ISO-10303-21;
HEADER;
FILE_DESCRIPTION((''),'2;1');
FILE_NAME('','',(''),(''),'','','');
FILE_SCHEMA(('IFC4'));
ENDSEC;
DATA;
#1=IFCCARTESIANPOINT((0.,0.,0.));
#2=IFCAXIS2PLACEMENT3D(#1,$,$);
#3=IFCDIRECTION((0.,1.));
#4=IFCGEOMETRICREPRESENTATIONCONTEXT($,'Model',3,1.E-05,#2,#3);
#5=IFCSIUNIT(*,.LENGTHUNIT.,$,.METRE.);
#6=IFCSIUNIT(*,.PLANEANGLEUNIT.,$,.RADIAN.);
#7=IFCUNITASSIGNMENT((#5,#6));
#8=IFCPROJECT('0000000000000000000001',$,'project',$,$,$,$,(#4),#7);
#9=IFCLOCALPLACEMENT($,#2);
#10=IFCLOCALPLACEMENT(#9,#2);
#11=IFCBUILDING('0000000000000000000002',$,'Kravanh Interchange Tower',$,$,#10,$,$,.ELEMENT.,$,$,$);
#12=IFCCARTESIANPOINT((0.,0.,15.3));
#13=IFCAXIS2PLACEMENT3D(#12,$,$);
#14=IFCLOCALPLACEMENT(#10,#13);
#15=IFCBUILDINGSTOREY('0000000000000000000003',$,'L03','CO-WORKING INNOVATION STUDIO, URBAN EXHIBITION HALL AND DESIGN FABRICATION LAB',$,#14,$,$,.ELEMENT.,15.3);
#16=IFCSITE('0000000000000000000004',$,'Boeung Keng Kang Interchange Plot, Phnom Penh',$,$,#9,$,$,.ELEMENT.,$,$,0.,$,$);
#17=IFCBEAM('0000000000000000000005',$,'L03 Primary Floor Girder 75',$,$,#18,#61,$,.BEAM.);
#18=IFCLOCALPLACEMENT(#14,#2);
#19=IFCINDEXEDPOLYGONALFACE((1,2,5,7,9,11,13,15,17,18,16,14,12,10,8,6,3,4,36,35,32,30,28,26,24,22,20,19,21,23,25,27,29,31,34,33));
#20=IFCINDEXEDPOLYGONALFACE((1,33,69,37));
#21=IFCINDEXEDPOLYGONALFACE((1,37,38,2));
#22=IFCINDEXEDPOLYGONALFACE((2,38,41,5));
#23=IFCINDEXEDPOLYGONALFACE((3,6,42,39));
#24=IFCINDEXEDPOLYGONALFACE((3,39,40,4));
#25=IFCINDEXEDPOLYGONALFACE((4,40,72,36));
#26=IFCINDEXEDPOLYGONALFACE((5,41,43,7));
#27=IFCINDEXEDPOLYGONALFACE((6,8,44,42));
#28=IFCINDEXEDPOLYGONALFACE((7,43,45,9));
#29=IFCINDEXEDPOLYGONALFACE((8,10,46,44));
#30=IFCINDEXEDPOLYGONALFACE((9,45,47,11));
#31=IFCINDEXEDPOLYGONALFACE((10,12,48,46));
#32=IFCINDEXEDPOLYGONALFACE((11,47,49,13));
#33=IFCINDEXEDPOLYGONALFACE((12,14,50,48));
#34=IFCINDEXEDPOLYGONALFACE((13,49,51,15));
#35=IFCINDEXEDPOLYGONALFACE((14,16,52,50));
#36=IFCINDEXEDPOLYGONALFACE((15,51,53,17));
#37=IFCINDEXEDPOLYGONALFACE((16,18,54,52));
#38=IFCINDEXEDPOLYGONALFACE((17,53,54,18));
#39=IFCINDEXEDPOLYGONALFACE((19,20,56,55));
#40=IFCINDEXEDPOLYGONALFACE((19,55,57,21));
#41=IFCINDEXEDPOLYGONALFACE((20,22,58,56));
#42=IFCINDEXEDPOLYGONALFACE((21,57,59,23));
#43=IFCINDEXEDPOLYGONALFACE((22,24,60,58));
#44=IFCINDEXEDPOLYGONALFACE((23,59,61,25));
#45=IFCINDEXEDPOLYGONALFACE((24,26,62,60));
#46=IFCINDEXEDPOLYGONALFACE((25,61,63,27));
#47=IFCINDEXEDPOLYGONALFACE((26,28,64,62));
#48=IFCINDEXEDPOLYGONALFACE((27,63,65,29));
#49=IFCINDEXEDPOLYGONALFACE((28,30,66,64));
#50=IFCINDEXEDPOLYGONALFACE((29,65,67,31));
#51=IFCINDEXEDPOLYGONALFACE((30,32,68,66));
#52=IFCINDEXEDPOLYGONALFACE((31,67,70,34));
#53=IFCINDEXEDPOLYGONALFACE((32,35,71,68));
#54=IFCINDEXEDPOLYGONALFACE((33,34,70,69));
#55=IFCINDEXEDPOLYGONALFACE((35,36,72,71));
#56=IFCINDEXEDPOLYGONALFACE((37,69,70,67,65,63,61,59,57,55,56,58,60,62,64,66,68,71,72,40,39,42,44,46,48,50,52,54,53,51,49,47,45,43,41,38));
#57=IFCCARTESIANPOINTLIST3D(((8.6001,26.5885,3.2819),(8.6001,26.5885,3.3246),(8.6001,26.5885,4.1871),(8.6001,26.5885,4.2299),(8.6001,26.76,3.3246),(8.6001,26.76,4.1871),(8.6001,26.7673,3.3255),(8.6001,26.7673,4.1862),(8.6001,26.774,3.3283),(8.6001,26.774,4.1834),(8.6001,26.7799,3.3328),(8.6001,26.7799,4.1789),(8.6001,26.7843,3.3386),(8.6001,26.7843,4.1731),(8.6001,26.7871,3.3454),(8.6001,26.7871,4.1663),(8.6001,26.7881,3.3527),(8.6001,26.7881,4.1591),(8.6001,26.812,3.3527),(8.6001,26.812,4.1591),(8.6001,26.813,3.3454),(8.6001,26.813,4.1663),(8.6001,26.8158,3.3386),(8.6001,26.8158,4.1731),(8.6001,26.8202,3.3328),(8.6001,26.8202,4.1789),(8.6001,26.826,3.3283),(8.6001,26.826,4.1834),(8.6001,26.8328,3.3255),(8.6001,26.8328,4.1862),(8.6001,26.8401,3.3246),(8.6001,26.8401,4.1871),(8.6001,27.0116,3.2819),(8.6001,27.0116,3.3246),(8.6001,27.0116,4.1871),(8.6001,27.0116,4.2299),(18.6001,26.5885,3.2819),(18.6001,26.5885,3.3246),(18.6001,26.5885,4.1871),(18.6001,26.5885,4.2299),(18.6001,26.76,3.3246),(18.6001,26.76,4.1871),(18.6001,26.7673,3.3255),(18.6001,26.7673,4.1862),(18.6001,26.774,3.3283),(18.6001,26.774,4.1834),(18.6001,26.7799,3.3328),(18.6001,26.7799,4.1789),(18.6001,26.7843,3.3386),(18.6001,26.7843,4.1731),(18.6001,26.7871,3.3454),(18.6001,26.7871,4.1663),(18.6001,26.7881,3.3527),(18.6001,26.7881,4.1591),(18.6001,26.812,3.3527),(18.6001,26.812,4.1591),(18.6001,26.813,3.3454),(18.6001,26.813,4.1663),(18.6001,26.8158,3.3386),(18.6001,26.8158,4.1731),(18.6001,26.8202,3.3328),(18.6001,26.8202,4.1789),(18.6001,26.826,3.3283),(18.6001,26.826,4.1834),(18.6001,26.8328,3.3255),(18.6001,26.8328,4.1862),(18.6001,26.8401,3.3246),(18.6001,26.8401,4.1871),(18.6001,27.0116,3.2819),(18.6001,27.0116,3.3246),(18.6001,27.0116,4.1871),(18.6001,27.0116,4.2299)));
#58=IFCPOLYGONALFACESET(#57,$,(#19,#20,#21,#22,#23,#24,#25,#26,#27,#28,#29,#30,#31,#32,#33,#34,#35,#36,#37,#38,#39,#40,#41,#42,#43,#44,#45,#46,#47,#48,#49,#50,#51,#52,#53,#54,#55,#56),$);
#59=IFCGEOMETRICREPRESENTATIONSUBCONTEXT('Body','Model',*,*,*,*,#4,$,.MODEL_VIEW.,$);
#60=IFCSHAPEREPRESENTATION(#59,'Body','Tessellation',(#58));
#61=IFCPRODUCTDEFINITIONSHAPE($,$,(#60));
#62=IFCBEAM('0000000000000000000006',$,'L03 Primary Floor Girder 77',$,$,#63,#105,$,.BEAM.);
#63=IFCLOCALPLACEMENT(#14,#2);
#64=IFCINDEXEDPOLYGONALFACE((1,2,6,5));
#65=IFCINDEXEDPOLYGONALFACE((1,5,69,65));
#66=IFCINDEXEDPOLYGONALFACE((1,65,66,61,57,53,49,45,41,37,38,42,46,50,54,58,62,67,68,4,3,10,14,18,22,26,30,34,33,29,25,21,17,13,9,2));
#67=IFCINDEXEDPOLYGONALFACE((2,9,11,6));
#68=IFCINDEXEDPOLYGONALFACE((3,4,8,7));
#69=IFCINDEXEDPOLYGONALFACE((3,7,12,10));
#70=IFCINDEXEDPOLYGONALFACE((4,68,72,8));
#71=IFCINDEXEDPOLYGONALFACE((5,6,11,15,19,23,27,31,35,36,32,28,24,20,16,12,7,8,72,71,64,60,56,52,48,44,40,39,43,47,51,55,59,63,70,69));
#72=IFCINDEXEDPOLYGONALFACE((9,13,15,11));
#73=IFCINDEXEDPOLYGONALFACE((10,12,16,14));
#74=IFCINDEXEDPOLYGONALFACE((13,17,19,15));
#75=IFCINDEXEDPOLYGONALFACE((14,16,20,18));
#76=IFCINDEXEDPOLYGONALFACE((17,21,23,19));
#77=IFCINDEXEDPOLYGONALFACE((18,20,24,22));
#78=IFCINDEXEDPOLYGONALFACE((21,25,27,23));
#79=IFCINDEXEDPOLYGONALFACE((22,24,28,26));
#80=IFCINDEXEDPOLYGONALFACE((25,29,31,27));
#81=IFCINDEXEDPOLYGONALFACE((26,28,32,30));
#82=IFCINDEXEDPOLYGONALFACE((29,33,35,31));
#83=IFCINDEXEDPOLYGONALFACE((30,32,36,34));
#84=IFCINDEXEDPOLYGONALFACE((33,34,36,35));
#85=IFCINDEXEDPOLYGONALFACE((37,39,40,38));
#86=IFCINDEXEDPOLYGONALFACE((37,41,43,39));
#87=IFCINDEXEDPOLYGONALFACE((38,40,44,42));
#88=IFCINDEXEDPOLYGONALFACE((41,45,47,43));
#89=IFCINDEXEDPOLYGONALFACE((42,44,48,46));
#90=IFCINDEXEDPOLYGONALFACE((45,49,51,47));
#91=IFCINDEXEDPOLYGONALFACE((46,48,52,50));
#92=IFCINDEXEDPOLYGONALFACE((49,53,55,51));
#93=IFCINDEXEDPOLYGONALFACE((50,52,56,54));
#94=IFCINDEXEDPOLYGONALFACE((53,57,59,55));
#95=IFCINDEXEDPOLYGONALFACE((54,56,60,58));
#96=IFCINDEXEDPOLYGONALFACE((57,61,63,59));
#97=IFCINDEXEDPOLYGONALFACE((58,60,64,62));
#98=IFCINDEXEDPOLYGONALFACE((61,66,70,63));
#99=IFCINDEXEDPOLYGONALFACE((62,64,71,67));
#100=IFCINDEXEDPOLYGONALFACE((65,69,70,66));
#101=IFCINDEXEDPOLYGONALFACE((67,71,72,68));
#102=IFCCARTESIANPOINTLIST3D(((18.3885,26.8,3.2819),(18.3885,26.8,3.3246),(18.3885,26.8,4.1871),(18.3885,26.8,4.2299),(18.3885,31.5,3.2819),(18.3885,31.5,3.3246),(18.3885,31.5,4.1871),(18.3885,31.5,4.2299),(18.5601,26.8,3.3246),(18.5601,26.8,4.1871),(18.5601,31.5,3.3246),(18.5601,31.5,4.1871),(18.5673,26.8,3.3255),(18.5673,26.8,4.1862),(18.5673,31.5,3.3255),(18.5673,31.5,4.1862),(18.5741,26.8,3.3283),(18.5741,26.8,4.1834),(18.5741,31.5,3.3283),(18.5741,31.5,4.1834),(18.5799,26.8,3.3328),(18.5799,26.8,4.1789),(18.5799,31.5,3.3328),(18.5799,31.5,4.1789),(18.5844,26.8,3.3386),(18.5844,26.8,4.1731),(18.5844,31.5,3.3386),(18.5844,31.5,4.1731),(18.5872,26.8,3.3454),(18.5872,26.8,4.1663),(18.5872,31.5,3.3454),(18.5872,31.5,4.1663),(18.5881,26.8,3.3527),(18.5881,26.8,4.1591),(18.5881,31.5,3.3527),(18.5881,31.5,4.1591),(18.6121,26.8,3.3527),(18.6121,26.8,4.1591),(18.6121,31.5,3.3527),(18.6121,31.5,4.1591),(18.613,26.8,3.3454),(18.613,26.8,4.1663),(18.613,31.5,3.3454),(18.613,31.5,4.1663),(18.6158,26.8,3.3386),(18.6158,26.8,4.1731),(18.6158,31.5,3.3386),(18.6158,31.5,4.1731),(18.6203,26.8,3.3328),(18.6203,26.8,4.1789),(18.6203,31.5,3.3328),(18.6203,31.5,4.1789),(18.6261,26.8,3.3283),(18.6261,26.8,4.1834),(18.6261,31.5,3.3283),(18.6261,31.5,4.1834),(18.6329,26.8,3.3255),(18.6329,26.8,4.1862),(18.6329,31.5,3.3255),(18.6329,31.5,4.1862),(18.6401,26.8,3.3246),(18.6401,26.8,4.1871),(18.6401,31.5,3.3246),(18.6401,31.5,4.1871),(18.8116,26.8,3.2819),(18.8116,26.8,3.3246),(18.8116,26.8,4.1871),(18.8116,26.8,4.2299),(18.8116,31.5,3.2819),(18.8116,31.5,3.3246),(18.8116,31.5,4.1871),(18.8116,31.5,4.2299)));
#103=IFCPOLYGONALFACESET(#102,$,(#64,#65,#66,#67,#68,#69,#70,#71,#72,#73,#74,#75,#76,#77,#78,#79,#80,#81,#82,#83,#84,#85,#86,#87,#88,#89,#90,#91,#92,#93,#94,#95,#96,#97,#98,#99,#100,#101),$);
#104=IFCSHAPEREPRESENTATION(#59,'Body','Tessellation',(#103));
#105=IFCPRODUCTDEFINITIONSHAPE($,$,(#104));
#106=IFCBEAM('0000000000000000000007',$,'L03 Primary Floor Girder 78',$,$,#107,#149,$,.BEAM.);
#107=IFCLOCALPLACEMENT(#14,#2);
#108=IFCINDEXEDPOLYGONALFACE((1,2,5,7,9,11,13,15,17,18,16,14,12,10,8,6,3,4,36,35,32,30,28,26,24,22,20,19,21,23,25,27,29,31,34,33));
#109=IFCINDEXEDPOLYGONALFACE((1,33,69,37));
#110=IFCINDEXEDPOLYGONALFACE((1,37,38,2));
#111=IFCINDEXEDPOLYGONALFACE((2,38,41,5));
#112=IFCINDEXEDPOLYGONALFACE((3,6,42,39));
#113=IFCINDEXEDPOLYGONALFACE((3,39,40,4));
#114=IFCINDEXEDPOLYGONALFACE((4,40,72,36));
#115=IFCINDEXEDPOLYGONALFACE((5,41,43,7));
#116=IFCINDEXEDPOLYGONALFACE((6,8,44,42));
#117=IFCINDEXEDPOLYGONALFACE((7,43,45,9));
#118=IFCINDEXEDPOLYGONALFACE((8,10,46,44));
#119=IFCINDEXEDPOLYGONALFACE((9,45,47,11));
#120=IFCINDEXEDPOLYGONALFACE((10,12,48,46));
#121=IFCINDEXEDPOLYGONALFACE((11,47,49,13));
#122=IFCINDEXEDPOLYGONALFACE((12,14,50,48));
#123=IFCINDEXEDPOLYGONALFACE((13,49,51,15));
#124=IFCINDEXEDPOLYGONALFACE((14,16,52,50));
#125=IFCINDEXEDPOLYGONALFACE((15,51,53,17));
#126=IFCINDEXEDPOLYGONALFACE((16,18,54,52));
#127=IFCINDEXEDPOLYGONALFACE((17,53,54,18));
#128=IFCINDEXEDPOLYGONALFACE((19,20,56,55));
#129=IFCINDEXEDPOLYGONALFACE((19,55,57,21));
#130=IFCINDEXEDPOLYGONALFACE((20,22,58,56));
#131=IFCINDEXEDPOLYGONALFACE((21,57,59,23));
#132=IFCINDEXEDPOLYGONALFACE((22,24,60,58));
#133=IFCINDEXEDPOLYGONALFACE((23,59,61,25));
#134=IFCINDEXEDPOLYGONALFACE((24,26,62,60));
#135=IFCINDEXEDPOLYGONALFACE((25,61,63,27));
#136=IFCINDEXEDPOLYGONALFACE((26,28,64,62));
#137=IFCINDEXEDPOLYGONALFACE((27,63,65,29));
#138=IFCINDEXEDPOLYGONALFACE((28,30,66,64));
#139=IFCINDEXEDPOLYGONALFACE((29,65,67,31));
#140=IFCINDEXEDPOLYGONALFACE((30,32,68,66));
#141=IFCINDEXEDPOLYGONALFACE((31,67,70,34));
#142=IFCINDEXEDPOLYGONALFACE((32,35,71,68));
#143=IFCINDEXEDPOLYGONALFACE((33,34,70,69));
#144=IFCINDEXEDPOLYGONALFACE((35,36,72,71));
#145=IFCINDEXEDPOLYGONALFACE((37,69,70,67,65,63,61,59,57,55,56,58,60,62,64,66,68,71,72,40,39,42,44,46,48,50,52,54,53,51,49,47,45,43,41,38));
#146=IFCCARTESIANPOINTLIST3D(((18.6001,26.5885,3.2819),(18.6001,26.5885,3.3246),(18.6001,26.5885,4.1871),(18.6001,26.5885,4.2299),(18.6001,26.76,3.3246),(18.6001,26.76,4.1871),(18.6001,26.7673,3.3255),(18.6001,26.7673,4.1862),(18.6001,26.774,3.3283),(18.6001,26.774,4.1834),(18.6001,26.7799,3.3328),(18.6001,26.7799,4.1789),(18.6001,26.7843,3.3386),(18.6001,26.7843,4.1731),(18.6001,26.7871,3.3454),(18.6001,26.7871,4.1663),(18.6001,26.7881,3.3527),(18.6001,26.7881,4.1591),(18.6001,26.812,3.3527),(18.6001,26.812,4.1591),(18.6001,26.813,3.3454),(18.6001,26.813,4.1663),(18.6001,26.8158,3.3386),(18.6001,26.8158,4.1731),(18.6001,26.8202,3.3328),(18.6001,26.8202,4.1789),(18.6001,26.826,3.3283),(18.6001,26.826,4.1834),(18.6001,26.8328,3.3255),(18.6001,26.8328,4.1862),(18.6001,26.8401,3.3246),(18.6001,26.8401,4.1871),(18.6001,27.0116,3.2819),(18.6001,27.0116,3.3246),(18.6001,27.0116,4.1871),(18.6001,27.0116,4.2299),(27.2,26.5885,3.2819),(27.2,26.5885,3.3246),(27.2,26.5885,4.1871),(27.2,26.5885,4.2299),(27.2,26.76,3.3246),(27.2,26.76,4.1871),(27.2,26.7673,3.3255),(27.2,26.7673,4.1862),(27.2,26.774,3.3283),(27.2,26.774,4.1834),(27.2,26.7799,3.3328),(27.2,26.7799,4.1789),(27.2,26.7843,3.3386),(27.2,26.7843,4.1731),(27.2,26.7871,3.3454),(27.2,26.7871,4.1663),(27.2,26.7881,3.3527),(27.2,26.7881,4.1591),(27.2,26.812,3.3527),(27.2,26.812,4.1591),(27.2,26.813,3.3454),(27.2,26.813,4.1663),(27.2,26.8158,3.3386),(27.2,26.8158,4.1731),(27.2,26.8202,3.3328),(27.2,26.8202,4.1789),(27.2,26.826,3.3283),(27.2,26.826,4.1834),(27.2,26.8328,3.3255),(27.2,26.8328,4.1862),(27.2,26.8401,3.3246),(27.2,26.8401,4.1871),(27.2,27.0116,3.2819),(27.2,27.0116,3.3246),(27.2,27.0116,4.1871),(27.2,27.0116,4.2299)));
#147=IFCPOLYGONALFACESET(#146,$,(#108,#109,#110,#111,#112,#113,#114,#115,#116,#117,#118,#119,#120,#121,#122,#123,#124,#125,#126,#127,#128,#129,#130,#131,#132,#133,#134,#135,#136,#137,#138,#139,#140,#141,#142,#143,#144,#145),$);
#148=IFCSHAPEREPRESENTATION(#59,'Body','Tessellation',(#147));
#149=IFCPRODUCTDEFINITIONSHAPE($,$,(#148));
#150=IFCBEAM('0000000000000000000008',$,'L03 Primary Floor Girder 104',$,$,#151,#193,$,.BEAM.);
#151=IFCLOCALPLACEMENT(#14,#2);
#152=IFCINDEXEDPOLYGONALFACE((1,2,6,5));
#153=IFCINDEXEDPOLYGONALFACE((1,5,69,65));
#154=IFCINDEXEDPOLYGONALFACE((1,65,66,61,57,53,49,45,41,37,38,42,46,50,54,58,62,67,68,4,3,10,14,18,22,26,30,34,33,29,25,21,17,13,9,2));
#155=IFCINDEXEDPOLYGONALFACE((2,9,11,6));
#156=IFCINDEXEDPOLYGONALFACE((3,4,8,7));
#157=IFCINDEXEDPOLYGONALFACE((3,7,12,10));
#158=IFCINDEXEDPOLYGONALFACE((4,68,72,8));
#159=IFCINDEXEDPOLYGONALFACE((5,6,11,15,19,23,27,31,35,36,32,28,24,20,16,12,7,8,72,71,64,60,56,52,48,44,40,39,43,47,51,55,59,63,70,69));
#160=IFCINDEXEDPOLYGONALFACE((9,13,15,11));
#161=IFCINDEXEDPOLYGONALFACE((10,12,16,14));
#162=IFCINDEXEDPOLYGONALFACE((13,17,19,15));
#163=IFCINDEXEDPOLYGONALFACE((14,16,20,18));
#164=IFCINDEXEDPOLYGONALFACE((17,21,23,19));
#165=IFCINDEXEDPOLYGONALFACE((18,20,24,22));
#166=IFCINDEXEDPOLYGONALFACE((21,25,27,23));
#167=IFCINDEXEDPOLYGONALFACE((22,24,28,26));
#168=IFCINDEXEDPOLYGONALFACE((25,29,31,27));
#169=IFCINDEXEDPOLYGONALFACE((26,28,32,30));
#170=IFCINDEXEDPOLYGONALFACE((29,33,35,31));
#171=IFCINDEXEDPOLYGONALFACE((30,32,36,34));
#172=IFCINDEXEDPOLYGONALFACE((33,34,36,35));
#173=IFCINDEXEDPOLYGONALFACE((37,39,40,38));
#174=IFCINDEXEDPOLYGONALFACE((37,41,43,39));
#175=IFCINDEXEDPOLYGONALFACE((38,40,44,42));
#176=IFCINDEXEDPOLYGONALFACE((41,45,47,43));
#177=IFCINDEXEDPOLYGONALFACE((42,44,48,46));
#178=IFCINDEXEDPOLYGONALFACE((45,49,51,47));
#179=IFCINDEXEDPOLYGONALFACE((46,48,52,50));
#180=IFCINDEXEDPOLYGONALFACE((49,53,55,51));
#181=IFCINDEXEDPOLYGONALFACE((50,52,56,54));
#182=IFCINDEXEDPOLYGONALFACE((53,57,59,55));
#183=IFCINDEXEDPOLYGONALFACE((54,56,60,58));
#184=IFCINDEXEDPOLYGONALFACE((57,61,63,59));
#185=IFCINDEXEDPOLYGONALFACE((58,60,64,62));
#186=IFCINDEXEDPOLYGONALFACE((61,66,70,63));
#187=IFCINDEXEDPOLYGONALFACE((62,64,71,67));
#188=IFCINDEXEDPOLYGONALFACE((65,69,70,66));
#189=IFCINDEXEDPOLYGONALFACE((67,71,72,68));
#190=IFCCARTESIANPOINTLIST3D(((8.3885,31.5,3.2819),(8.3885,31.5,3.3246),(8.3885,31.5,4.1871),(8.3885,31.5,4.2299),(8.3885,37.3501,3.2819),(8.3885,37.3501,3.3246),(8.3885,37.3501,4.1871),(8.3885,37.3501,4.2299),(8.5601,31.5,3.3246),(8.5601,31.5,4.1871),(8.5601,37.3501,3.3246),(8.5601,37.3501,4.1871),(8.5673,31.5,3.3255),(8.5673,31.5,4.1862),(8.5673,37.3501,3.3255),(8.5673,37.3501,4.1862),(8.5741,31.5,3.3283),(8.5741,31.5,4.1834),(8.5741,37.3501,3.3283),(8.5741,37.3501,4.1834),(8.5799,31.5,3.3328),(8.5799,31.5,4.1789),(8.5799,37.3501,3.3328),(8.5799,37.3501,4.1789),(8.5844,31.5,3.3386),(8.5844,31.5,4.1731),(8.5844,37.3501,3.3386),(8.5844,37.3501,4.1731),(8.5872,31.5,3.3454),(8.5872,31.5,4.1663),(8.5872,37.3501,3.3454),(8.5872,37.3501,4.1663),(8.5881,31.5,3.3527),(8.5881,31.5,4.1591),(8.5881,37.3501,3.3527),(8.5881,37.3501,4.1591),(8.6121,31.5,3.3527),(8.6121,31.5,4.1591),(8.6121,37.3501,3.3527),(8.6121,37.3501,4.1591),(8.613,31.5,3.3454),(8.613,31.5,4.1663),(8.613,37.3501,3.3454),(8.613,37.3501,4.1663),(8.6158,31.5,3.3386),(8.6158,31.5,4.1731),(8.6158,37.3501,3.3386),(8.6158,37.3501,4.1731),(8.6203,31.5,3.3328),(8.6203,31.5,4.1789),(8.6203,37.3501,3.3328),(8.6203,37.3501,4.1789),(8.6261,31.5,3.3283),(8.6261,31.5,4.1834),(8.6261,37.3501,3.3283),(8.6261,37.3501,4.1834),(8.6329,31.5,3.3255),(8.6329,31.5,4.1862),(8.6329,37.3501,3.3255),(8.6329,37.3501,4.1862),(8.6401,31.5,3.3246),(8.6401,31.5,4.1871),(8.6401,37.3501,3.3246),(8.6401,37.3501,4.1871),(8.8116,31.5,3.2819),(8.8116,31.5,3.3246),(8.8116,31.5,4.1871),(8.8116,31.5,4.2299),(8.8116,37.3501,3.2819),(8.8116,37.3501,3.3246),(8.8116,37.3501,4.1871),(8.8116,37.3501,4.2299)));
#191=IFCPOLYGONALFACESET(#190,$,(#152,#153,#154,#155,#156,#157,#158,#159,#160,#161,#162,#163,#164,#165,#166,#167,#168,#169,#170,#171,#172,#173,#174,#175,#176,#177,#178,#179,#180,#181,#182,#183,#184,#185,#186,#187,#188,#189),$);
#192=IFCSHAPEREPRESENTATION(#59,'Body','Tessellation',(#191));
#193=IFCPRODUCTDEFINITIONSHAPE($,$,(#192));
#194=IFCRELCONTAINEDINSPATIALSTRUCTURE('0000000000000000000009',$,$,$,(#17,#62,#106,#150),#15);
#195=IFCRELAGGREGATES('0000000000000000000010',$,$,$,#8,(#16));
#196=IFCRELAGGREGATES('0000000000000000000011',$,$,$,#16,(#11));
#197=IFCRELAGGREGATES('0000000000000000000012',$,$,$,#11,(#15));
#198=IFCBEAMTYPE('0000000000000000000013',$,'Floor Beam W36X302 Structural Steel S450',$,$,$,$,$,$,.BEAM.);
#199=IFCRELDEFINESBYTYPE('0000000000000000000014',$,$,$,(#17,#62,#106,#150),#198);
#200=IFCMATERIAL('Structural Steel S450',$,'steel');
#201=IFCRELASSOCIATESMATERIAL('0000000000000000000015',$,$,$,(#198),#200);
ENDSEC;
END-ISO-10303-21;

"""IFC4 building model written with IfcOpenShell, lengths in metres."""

from ifc_helpers import new_model, si_unit, direction, frame, origin, origin_2d, place, context, subcontext, project, spatial, i_section, extrude, material, material_profile, profile_set, type_object, element, save


model = new_model("IFC4")

# Units and contexts
model_context = context("Model", 3, precision=1e-05, world=origin(), true_north=direction((0.0, 1.0)))
body_context = subcontext(model_context, "Body", "Model", "MODEL_VIEW")
ifc_project = project(units=[si_unit("LENGTHUNIT", "METRE"), si_unit("PLANEANGLEUNIT", "RADIAN")], contexts=[model_context])

# Site, building, storey
site_placement = place(None, origin())
site = spatial("IfcSite", under=ifc_project, at=site_placement, Name="Boeung Keng Kang Interchange Plot, Phnom Penh", CompositionType="ELEMENT", RefElevation=0.0)
building_placement = place(site_placement, origin())
building = spatial("IfcBuilding", under=site, at=building_placement, Name="Kravanh Interchange Tower", CompositionType="ELEMENT")
storey_placement = place(building_placement, frame((0.0, 0.0, 15.3)))
storey = spatial("IfcBuildingStorey", under=building, at=storey_placement, Name="L03", Description="CO-WORKING INNOVATION STUDIO, URBAN EXHIBITION HALL AND DESIGN FABRICATION LAB", CompositionType="ELEMENT", Elevation=15.3)

# Beams
ifc_material_1 = material(Name="Structural Steel S450", Category="steel")
ifc_material_profile_1 = material_profile(ifc_material_1, i_section(OverallWidth=0.4231, OverallDepth=0.948, WebThickness=0.0239, FlangeThickness=0.0427, FilletRadius=0.0281, at=origin_2d()), Name="W36X302")
ifc_profile_set_1 = profile_set([ifc_material_profile_1], Name="Structural Steel S450")
beam_type_1 = type_object("IfcBeamType", Name="Floor Beam W36X302 Structural Steel S450", PredefinedType="BEAM", material=ifc_profile_set_1)
beam_1_placement = place(storey_placement, frame((8.6001, 26.8, 3.7559), z_axis=(1.0, 0.0, 0.0), x_axis=(0.0, 1.0, 0.0)))
element("IfcBeam", 1, at=beam_1_placement, inside=storey, type_object=beam_type_1, Name="L03 Primary Floor Girder 75", PredefinedType="BEAM", context=body_context, shape_type="SweptSolid", body=[
    extrude(i_section(OverallWidth=0.4231, OverallDepth=0.948, WebThickness=0.0239, FlangeThickness=0.0427, FilletRadius=0.0281, at=origin_2d()), origin(), (0.0, 0.0, 1.0), 10.0),
])
beam_2_placement = place(storey_placement, frame((18.6001, 26.8, 3.7559), z_axis=(0.0, 1.0, 0.0), x_axis=(-1.0, 0.0, 0.0)))
element("IfcBeam", 2, at=beam_2_placement, inside=storey, type_object=beam_type_1, Name="L03 Primary Floor Girder 77", PredefinedType="BEAM", context=body_context, shape_type="SweptSolid", body=[
    extrude(i_section(OverallWidth=0.4231, OverallDepth=0.948, WebThickness=0.0239, FlangeThickness=0.0427, FilletRadius=0.0281, at=origin_2d()), origin(), (0.0, 0.0, 1.0), 4.7),
])
beam_3_placement = place(storey_placement, frame((18.6001, 26.8, 3.7559), z_axis=(1.0, 0.0, 0.0), x_axis=(0.0, 1.0, 0.0)))
element("IfcBeam", 3, at=beam_3_placement, inside=storey, type_object=beam_type_1, Name="L03 Primary Floor Girder 78", PredefinedType="BEAM", context=body_context, shape_type="SweptSolid", body=[
    extrude(i_section(OverallWidth=0.4231, OverallDepth=0.948, WebThickness=0.0239, FlangeThickness=0.0427, FilletRadius=0.0281, at=origin_2d()), origin(), (0.0, 0.0, 1.0), 8.5999),
])
beam_4_placement = place(storey_placement, frame((8.6001, 31.5, 3.7559), z_axis=(0.0, 1.0, 0.0), x_axis=(-1.0, 0.0, 0.0)))
element("IfcBeam", 4, at=beam_4_placement, inside=storey, type_object=beam_type_1, Name="L03 Primary Floor Girder 104", PredefinedType="BEAM", context=body_context, shape_type="SweptSolid", body=[
    extrude(i_section(OverallWidth=0.4231, OverallDepth=0.948, WebThickness=0.0239, FlangeThickness=0.0427, FilletRadius=0.0281, at=origin_2d()), origin(), (0.0, 0.0, 1.0), 5.8501),
])

save(model, "model.ifc")
